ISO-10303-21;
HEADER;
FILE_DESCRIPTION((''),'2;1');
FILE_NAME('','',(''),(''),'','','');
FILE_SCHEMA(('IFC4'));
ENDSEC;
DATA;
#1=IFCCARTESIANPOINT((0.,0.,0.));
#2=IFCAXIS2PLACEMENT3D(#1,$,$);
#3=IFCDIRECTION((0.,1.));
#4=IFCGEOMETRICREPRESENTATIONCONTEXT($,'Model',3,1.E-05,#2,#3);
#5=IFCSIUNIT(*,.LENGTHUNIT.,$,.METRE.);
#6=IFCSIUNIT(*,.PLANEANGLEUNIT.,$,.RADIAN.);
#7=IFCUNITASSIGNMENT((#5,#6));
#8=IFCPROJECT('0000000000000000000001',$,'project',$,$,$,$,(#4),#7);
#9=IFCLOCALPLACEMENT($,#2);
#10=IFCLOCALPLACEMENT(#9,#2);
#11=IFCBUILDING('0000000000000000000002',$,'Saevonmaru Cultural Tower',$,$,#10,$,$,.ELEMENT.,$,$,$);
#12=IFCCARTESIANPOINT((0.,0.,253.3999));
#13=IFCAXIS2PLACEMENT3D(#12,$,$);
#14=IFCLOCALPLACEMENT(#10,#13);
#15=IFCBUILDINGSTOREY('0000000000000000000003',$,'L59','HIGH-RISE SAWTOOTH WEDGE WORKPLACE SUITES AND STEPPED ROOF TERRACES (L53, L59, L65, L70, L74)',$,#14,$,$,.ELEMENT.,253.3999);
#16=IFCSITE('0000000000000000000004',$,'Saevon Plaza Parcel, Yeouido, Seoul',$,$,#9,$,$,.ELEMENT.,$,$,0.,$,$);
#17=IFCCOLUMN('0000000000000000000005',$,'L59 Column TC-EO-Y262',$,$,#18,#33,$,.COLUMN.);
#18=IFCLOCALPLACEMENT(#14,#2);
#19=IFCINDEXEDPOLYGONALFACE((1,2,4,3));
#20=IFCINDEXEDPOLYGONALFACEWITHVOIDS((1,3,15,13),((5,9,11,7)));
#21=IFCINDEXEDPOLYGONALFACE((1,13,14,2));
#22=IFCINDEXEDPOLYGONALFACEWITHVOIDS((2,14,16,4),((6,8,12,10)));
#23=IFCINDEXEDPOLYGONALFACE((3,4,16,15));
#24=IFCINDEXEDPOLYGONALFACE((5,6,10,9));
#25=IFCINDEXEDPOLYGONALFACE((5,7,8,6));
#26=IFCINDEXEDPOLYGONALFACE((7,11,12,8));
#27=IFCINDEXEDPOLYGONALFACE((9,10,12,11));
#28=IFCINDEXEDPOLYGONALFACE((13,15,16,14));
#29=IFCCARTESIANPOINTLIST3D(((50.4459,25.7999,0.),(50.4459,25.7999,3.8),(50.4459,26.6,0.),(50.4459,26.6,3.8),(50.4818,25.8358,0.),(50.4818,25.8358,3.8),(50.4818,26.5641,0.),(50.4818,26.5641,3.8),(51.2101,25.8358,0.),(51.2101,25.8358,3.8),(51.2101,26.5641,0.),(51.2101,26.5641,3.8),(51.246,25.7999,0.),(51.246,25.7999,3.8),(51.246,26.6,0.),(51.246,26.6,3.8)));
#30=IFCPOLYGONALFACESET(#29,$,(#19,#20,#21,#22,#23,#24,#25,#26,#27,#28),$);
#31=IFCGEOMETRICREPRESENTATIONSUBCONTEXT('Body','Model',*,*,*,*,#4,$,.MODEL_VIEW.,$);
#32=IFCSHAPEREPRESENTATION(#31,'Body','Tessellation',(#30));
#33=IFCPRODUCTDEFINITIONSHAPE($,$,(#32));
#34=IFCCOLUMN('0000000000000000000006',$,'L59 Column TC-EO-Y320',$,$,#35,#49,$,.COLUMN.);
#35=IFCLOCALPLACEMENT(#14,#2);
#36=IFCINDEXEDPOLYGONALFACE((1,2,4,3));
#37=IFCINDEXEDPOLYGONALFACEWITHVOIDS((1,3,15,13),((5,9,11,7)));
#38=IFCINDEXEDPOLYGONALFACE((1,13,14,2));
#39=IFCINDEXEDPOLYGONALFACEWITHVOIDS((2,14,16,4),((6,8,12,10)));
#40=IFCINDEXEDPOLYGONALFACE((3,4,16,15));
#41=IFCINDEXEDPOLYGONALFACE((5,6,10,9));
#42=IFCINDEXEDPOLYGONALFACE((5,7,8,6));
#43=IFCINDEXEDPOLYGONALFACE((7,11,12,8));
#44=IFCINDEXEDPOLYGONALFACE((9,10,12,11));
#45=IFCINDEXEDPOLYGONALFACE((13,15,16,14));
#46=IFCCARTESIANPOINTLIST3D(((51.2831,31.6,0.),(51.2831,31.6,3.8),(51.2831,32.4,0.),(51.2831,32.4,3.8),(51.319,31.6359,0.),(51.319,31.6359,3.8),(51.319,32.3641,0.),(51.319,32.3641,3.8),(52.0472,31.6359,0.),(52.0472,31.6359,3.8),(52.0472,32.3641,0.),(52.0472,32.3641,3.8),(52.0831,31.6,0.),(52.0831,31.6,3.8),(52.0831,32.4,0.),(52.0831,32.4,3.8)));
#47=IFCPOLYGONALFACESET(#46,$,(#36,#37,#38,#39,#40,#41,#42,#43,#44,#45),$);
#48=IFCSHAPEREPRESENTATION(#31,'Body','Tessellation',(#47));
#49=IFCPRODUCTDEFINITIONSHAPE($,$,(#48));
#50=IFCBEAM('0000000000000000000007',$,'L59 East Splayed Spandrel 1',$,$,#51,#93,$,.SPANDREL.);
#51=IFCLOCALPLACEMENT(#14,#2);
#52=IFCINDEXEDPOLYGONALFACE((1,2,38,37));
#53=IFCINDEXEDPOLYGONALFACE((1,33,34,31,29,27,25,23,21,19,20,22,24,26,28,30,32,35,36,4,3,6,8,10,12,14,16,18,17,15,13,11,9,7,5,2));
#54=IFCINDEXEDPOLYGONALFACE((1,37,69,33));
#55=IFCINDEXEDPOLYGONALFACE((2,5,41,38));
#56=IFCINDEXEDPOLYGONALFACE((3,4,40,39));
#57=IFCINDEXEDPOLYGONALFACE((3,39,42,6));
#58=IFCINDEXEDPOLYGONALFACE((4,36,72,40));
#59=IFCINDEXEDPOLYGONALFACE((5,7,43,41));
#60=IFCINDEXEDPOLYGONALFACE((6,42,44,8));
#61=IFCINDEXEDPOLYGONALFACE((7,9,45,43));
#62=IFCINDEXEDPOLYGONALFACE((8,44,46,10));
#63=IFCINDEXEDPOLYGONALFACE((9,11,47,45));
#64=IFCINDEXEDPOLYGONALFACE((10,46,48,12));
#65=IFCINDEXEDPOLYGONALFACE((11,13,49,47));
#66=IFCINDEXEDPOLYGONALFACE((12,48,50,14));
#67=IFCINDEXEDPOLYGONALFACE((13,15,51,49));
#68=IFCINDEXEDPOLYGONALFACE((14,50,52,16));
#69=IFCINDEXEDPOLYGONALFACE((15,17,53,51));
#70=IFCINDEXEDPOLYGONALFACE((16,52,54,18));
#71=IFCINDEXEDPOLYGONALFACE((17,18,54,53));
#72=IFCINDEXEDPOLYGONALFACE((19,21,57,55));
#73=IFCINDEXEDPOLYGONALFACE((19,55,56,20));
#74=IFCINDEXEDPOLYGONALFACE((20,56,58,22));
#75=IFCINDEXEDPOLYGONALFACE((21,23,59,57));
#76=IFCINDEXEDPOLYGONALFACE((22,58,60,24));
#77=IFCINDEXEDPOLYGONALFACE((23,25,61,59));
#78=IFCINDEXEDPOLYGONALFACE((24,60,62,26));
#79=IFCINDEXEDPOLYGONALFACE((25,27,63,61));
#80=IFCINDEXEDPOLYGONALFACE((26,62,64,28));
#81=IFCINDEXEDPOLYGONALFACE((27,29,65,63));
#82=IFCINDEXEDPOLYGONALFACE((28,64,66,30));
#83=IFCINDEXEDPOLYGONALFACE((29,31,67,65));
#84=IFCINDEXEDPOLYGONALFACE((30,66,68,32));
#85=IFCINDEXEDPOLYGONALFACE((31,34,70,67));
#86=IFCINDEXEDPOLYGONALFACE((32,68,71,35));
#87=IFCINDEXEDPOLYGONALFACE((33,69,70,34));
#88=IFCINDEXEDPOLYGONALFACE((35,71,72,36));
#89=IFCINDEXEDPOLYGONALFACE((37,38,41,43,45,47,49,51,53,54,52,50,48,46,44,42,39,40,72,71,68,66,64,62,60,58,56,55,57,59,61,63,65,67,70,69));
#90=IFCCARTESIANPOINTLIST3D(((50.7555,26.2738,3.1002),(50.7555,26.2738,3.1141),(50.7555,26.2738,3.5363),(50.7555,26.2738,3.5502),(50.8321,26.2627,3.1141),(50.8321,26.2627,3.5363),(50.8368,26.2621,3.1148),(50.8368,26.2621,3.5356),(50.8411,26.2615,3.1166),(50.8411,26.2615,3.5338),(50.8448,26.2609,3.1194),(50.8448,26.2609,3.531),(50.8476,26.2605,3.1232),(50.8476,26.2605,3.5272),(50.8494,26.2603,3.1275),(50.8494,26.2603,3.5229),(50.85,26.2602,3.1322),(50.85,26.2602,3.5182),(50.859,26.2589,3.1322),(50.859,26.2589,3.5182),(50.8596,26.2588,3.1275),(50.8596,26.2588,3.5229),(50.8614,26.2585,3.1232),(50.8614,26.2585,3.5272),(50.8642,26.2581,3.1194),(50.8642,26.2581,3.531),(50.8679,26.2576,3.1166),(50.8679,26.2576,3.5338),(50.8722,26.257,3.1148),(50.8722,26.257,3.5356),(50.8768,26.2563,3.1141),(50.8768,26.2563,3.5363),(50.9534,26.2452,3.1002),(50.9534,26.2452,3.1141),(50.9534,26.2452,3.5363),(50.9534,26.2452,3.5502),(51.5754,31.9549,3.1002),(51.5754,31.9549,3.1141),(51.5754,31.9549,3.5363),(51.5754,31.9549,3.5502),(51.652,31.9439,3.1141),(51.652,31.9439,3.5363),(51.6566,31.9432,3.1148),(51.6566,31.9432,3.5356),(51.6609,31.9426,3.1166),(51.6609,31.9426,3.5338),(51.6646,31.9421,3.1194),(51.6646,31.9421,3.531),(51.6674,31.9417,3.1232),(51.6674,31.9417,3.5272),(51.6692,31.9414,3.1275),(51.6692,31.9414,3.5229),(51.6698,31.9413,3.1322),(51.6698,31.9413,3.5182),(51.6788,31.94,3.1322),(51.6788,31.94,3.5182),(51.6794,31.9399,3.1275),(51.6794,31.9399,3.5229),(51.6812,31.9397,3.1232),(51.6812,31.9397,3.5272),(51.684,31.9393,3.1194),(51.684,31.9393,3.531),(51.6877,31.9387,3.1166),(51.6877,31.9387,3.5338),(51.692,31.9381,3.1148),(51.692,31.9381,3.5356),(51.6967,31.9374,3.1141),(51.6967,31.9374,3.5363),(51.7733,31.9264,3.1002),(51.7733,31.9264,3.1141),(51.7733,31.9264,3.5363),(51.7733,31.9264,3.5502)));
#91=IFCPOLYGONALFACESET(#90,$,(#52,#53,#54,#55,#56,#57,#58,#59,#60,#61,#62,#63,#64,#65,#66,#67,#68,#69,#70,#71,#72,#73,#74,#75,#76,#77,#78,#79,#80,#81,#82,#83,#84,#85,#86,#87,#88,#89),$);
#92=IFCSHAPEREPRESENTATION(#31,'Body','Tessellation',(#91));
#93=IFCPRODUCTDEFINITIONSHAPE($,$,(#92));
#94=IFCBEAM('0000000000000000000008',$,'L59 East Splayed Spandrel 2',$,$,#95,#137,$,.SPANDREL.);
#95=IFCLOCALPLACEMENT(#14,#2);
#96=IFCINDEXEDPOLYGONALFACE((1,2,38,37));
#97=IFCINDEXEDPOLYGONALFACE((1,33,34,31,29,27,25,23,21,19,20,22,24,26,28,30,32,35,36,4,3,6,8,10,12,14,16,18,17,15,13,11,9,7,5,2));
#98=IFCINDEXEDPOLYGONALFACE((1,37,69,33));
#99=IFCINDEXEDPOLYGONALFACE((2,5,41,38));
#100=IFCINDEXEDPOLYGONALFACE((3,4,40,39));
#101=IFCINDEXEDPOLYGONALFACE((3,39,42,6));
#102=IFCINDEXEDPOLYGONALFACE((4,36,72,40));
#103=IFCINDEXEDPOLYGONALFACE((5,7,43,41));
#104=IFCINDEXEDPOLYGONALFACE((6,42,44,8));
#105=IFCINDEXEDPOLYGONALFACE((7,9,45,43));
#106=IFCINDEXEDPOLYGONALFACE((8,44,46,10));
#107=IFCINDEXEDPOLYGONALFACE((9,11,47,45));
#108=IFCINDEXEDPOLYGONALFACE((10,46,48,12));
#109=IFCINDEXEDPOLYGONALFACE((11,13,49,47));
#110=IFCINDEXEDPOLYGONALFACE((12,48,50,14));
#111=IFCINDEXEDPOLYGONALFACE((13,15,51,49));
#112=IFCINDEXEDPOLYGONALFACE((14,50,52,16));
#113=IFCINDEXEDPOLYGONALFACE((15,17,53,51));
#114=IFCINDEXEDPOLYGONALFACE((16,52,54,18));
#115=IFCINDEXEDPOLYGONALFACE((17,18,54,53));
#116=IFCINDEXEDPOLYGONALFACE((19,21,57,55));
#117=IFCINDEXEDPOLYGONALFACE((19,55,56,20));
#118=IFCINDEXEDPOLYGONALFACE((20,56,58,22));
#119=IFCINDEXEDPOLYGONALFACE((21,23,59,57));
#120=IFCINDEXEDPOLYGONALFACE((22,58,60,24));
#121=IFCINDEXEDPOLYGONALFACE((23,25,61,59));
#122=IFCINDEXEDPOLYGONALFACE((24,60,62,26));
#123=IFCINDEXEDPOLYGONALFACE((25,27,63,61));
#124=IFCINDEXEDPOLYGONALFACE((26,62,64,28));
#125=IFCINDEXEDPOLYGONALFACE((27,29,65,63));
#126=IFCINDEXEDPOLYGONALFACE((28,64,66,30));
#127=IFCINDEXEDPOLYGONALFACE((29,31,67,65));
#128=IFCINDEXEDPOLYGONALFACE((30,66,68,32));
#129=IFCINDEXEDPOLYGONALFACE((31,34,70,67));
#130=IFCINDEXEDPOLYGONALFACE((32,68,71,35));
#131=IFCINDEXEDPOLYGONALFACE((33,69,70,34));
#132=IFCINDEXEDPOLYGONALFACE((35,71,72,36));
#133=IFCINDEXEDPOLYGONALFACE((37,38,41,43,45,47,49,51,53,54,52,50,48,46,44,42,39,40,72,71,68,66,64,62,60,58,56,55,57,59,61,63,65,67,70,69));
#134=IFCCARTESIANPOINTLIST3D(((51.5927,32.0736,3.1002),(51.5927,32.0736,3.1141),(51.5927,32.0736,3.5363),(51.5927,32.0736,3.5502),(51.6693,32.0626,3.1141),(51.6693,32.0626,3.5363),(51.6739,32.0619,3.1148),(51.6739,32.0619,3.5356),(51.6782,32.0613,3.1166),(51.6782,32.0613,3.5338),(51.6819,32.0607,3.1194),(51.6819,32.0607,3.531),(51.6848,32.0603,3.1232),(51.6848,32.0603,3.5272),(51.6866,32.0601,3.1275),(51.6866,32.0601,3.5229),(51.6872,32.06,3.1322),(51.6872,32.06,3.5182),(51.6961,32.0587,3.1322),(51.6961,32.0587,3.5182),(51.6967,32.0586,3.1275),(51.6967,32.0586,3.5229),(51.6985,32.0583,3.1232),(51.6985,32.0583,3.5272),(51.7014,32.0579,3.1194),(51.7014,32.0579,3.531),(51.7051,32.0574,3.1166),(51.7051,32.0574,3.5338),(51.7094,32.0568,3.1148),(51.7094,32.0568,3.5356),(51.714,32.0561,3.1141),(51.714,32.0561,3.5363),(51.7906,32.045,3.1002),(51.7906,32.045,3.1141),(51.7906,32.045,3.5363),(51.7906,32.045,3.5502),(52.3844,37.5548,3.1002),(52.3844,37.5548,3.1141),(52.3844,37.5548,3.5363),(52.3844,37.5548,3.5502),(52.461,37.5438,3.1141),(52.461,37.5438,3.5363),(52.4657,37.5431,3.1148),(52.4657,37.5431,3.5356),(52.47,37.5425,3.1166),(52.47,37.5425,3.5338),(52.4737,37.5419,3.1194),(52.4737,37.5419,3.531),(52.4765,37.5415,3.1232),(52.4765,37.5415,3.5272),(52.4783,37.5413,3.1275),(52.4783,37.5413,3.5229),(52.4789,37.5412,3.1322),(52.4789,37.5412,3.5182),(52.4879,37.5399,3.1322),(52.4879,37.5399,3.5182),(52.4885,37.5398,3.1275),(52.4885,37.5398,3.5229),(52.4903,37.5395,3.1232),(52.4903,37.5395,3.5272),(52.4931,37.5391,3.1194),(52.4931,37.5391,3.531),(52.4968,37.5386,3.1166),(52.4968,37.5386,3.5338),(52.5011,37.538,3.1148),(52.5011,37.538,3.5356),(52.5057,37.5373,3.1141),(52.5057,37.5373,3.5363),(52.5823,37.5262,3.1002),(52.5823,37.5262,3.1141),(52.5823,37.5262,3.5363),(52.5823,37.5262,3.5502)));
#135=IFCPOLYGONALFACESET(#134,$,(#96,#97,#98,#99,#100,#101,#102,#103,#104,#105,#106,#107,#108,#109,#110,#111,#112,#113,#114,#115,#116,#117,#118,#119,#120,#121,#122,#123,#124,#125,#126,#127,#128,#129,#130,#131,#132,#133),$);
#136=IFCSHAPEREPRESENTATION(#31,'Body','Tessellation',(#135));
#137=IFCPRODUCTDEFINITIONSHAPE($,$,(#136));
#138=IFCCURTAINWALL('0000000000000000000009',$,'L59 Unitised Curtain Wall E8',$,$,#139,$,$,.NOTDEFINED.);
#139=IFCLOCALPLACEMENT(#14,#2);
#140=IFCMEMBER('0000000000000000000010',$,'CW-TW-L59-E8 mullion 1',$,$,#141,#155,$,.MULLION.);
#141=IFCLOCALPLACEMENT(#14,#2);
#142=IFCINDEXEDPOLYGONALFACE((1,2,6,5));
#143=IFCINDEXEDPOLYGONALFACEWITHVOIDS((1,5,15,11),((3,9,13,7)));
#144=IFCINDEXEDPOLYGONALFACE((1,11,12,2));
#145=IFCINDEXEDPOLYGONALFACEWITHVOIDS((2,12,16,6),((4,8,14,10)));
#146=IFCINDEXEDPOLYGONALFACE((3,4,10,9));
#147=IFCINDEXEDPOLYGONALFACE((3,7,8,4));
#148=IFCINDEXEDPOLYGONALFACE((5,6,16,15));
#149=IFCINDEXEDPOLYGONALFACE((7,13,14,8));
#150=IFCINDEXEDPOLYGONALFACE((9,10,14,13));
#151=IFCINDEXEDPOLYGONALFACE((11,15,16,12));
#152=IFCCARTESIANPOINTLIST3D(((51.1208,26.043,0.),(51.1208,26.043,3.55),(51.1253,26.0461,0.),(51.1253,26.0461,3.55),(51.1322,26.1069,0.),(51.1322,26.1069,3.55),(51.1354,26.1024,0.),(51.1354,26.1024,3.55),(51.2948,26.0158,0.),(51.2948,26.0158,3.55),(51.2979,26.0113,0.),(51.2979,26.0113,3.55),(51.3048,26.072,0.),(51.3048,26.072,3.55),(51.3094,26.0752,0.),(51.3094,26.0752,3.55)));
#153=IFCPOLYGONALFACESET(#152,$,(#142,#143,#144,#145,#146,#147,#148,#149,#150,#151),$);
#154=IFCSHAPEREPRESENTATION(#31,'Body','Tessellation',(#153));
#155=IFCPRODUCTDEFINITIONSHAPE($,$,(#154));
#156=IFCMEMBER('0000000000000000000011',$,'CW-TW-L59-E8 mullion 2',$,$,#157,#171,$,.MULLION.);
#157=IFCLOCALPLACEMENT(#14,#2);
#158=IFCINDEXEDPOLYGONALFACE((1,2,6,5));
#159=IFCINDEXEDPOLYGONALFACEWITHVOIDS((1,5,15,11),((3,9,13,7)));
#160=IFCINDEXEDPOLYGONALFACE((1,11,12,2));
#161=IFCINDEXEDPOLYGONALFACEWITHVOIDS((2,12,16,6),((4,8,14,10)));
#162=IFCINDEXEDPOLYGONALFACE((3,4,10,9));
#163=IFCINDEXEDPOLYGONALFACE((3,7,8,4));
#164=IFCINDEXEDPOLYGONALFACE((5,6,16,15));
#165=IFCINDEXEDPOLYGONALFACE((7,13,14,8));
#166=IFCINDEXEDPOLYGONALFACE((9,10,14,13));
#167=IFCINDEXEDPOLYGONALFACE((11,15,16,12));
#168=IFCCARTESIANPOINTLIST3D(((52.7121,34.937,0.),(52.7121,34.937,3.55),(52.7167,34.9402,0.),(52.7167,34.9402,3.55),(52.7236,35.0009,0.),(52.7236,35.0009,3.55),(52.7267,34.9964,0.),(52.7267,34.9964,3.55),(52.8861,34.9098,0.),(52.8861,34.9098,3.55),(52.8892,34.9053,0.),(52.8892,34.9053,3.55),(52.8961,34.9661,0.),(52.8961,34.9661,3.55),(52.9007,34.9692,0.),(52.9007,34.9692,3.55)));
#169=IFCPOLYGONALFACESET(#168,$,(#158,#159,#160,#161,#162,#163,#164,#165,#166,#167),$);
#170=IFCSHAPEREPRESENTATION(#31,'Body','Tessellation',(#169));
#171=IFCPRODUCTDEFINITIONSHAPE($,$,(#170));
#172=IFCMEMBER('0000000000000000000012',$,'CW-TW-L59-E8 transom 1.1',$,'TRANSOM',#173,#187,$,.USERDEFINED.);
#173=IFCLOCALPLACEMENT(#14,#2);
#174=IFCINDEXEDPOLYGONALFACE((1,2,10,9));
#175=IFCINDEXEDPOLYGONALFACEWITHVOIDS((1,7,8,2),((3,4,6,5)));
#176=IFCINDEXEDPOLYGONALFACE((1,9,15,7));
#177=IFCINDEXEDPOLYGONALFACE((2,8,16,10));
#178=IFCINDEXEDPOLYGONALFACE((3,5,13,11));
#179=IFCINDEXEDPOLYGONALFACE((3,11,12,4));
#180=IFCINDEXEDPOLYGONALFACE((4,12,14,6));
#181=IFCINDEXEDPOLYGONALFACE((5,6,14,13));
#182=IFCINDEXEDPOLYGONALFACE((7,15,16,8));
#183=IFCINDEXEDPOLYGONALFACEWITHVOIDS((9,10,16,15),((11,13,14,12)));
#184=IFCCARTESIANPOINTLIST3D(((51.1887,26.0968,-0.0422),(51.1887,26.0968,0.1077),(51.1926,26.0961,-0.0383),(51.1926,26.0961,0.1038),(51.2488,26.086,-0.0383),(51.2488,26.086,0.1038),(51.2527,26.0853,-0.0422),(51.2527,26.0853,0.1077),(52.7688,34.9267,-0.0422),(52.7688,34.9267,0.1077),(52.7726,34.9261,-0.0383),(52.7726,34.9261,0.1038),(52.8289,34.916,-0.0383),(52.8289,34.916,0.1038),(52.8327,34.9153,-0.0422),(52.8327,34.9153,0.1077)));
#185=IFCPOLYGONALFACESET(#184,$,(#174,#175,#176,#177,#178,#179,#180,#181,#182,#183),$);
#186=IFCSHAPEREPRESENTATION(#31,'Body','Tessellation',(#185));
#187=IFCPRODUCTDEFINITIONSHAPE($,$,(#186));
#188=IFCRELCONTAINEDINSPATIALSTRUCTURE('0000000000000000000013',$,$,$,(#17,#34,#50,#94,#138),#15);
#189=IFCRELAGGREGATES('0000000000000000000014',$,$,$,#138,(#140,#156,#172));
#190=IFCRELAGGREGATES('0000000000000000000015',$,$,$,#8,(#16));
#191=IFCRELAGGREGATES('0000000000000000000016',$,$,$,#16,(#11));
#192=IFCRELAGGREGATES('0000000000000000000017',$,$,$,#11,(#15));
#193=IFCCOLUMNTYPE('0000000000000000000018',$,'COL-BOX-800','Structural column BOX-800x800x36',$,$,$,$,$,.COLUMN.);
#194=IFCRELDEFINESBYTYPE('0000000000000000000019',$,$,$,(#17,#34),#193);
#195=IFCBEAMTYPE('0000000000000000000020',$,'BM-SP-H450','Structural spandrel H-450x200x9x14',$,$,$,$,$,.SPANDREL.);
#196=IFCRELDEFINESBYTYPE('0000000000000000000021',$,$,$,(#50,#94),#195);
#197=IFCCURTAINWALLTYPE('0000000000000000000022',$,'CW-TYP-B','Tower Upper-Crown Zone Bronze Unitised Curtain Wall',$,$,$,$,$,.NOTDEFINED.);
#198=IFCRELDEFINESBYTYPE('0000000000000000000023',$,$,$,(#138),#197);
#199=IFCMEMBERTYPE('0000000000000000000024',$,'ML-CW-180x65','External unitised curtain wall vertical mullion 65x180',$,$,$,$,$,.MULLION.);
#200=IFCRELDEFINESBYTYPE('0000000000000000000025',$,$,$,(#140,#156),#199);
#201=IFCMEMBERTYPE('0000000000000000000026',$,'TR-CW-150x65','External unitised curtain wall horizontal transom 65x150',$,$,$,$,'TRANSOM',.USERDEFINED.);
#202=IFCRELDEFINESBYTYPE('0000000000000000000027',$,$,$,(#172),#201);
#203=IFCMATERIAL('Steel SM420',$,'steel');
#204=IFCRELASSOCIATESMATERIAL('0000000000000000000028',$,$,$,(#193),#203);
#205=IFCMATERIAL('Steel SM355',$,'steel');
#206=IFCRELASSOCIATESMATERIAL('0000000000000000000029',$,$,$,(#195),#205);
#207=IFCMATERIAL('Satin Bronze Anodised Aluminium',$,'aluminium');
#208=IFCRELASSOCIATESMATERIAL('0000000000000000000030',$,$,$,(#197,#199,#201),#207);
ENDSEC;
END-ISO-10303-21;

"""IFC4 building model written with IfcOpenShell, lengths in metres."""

from ifc_helpers import new_model, si_unit, direction, frame, origin, origin_2d, place, context, subcontext, project, spatial, hollow_rectangle, i_section, extrude, material, material_profile, profile_set, type_object, element, aggregate, save


model = new_model("IFC4")

# Units and contexts
model_context = context("Model", 3, precision=1e-05, world=origin(), true_north=direction((0.0, 1.0)))
body_context = subcontext(model_context, "Body", "Model", "MODEL_VIEW")
ifc_project = project(units=[si_unit("LENGTHUNIT", "METRE"), si_unit("PLANEANGLEUNIT", "RADIAN")], contexts=[model_context])

# Site, building, storey
site_placement = place(None, origin())
site = spatial("IfcSite", under=ifc_project, at=site_placement, Name="Saevon Plaza Parcel, Yeouido, Seoul", CompositionType="ELEMENT", RefElevation=0.0)
building_placement = place(site_placement, origin())
building = spatial("IfcBuilding", under=site, at=building_placement, Name="Saevonmaru Cultural Tower", CompositionType="ELEMENT")
storey_placement = place(building_placement, frame((0.0, 0.0, 253.3999)))
storey = spatial("IfcBuildingStorey", under=building, at=storey_placement, Name="L59", Description="HIGH-RISE SAWTOOTH WEDGE WORKPLACE SUITES AND STEPPED ROOF TERRACES (L53, L59, L65, L70, L74)", CompositionType="ELEMENT", Elevation=253.3999)

# Columns
ifc_material_1 = material(Name="Steel SM420", Category="steel")
ifc_material_profile_1 = material_profile(ifc_material_1, hollow_rectangle(XDim=0.8, YDim=0.8, WallThickness=0.0359, at=origin_2d()), Name="BOX-800x800x36")
ifc_profile_set_1 = profile_set([ifc_material_profile_1], Name="Steel SM420")
column_type = type_object("IfcColumnType", Name="COL-BOX-800", Description="Structural column BOX-800x800x36", PredefinedType="COLUMN", material=ifc_profile_set_1)
for number, where, z_axis, x_axis, name in (
    (1, (50.8459, 26.2, 0.0), (0.0, 0.0, 1.0), (1.0, 0.0, 0.0), "L59 Column TC-EO-Y262"),
    (2, (51.6831, 32.0, 0.0), (0.0, 0.0, 1.0), (1.0, 0.0, 0.0), "L59 Column TC-EO-Y320"),
):
    element("IfcColumn", number, at=place(storey_placement, frame(where, z_axis=z_axis, x_axis=x_axis)), inside=storey, type_object=column_type, Name=name, PredefinedType="COLUMN", context=body_context, shape_type="SweptSolid", body=[
        extrude(hollow_rectangle(XDim=0.8, YDim=0.8, WallThickness=0.0359, at=origin_2d()), origin(), (0.0, 0.0, 1.0), 3.8),
    ])

# Beams
ifc_material_2 = material(Name="Steel SM355", Category="steel")
ifc_material_profile_2 = material_profile(ifc_material_2, i_section(OverallWidth=0.2, OverallDepth=0.45, WebThickness=0.009, FlangeThickness=0.0139, FilletRadius=0.0181, at=origin_2d()), Name="H-450x200x9x14")
ifc_profile_set_2 = profile_set([ifc_material_profile_2], Name="Steel SM355")
beam_type = type_object("IfcBeamType", Name="BM-SP-H450", Description="Structural spandrel H-450x200x9x14", PredefinedType="SPANDREL", material=ifc_profile_set_2)
beam_1_placement = place(storey_placement, frame((50.8545, 26.2595, 3.3252), z_axis=(0.142827, 0.989748, 0.0), x_axis=(-0.989748, 0.142827, 0.0)))
element("IfcBeam", 3, at=beam_1_placement, inside=storey, type_object=beam_type, Name="L59 East Splayed Spandrel 1", PredefinedType="SPANDREL", context=body_context, shape_type="SweptSolid", body=[
    extrude(i_section(OverallWidth=0.2, OverallDepth=0.45, WebThickness=0.009, FlangeThickness=0.0139, FilletRadius=0.0181, at=origin_2d()), origin(), (0.0, 0.0, 1.0), 5.74),
])
beam_2_placement = place(storey_placement, frame((51.6917, 32.0593, 3.3252), z_axis=(0.142964, 0.989728, 0.0), x_axis=(-0.989728, 0.142964, 0.0)))
element("IfcBeam", 4, at=beam_2_placement, inside=storey, type_object=beam_type, Name="L59 East Splayed Spandrel 2", PredefinedType="SPANDREL", context=body_context, shape_type="SweptSolid", body=[
    extrude(i_section(OverallWidth=0.2, OverallDepth=0.45, WebThickness=0.009, FlangeThickness=0.0139, FilletRadius=0.0181, at=origin_2d()), origin(), (0.0, 0.0, 1.0), 5.5381),
])

# Curtain wall, members
ifc_material_3 = material(Name="Satin Bronze Anodised Aluminium", Category="aluminium")
curtain_wall_type = type_object("IfcCurtainWallType", Name="CW-TYP-B", Description="Tower Upper-Crown Zone Bronze Unitised Curtain Wall", PredefinedType="NOTDEFINED", material=ifc_material_3)
curtain_wall_placement = place(storey_placement, origin())
curtain_wall = element("IfcCurtainWall", 5, at=curtain_wall_placement, inside=storey, type_object=curtain_wall_type, Name="L59 Unitised Curtain Wall E8", PredefinedType="NOTDEFINED")
ifc_material_profile_3 = material_profile(ifc_material_3, hollow_rectangle(XDim=0.0649, YDim=0.1799, WallThickness=0.0039, at=origin_2d()), Name="ALU-MULL-180x65x4")
ifc_profile_set_3 = profile_set([ifc_material_profile_3], Name="Satin Bronze Anodised Aluminium")
member_type_1 = type_object("IfcMemberType", Name="ML-CW-180x65", Description="External unitised curtain wall vertical mullion 65x180", PredefinedType="MULLION", material=ifc_profile_set_3)
member_1_placement = place(storey_placement, frame((51.2151, 26.0591, 0.0), z_axis=(0.0, 0.0, 1.0), x_axis=(0.176141, 0.984365, 0.0)))
member_1 = element("IfcMember", 6, at=member_1_placement, type_object=member_type_1, Name="CW-TW-L59-E8 mullion 1", PredefinedType="MULLION", context=body_context, shape_type="SweptSolid", body=[
    extrude(hollow_rectangle(XDim=0.0649, YDim=0.1799, WallThickness=0.0039, at=origin_2d()), origin(), (0.0, 0.0, 1.0), 3.55),
])
member_2_placement = place(storey_placement, frame((52.8064, 34.9531, 0.0), z_axis=(0.0, 0.0, 1.0), x_axis=(0.176141, 0.984365, 0.0)))
member_2 = element("IfcMember", 7, at=member_2_placement, type_object=member_type_1, Name="CW-TW-L59-E8 mullion 2", PredefinedType="MULLION", context=body_context, shape_type="SweptSolid", body=[
    extrude(hollow_rectangle(XDim=0.0649, YDim=0.1799, WallThickness=0.0039, at=origin_2d()), origin(), (0.0, 0.0, 1.0), 3.55),
])
ifc_material_profile_4 = material_profile(ifc_material_3, hollow_rectangle(XDim=0.0649, YDim=0.1499, WallThickness=0.0039, at=origin_2d()), Name="ALU-TRAN-150x65x4")
ifc_profile_set_4 = profile_set([ifc_material_profile_4], Name="Satin Bronze Anodised Aluminium")
member_type_2 = type_object("IfcMemberType", Name="TR-CW-150x65", Description="External unitised curtain wall horizontal transom 65x150", ElementType="TRANSOM", PredefinedType="USERDEFINED", material=ifc_profile_set_4)
member_3_placement = place(storey_placement, frame((51.2207, 26.0911, 0.0327), z_axis=(0.176145, 0.984364, 0.0), x_axis=(-0.984364, 0.176145, 0.0)))
member_3 = element("IfcMember", 8, at=member_3_placement, type_object=member_type_2, Name="CW-TW-L59-E8 transom 1.1", ObjectType="TRANSOM", PredefinedType="USERDEFINED", context=body_context, shape_type="SweptSolid", body=[
    extrude(hollow_rectangle(XDim=0.0649, YDim=0.1499, WallThickness=0.0039, at=origin_2d()), origin(), (0.0, 0.0, 1.0), 8.9702),
])

aggregate(curtain_wall, [member_1, member_2, member_3])

save(model, "model.ifc")
